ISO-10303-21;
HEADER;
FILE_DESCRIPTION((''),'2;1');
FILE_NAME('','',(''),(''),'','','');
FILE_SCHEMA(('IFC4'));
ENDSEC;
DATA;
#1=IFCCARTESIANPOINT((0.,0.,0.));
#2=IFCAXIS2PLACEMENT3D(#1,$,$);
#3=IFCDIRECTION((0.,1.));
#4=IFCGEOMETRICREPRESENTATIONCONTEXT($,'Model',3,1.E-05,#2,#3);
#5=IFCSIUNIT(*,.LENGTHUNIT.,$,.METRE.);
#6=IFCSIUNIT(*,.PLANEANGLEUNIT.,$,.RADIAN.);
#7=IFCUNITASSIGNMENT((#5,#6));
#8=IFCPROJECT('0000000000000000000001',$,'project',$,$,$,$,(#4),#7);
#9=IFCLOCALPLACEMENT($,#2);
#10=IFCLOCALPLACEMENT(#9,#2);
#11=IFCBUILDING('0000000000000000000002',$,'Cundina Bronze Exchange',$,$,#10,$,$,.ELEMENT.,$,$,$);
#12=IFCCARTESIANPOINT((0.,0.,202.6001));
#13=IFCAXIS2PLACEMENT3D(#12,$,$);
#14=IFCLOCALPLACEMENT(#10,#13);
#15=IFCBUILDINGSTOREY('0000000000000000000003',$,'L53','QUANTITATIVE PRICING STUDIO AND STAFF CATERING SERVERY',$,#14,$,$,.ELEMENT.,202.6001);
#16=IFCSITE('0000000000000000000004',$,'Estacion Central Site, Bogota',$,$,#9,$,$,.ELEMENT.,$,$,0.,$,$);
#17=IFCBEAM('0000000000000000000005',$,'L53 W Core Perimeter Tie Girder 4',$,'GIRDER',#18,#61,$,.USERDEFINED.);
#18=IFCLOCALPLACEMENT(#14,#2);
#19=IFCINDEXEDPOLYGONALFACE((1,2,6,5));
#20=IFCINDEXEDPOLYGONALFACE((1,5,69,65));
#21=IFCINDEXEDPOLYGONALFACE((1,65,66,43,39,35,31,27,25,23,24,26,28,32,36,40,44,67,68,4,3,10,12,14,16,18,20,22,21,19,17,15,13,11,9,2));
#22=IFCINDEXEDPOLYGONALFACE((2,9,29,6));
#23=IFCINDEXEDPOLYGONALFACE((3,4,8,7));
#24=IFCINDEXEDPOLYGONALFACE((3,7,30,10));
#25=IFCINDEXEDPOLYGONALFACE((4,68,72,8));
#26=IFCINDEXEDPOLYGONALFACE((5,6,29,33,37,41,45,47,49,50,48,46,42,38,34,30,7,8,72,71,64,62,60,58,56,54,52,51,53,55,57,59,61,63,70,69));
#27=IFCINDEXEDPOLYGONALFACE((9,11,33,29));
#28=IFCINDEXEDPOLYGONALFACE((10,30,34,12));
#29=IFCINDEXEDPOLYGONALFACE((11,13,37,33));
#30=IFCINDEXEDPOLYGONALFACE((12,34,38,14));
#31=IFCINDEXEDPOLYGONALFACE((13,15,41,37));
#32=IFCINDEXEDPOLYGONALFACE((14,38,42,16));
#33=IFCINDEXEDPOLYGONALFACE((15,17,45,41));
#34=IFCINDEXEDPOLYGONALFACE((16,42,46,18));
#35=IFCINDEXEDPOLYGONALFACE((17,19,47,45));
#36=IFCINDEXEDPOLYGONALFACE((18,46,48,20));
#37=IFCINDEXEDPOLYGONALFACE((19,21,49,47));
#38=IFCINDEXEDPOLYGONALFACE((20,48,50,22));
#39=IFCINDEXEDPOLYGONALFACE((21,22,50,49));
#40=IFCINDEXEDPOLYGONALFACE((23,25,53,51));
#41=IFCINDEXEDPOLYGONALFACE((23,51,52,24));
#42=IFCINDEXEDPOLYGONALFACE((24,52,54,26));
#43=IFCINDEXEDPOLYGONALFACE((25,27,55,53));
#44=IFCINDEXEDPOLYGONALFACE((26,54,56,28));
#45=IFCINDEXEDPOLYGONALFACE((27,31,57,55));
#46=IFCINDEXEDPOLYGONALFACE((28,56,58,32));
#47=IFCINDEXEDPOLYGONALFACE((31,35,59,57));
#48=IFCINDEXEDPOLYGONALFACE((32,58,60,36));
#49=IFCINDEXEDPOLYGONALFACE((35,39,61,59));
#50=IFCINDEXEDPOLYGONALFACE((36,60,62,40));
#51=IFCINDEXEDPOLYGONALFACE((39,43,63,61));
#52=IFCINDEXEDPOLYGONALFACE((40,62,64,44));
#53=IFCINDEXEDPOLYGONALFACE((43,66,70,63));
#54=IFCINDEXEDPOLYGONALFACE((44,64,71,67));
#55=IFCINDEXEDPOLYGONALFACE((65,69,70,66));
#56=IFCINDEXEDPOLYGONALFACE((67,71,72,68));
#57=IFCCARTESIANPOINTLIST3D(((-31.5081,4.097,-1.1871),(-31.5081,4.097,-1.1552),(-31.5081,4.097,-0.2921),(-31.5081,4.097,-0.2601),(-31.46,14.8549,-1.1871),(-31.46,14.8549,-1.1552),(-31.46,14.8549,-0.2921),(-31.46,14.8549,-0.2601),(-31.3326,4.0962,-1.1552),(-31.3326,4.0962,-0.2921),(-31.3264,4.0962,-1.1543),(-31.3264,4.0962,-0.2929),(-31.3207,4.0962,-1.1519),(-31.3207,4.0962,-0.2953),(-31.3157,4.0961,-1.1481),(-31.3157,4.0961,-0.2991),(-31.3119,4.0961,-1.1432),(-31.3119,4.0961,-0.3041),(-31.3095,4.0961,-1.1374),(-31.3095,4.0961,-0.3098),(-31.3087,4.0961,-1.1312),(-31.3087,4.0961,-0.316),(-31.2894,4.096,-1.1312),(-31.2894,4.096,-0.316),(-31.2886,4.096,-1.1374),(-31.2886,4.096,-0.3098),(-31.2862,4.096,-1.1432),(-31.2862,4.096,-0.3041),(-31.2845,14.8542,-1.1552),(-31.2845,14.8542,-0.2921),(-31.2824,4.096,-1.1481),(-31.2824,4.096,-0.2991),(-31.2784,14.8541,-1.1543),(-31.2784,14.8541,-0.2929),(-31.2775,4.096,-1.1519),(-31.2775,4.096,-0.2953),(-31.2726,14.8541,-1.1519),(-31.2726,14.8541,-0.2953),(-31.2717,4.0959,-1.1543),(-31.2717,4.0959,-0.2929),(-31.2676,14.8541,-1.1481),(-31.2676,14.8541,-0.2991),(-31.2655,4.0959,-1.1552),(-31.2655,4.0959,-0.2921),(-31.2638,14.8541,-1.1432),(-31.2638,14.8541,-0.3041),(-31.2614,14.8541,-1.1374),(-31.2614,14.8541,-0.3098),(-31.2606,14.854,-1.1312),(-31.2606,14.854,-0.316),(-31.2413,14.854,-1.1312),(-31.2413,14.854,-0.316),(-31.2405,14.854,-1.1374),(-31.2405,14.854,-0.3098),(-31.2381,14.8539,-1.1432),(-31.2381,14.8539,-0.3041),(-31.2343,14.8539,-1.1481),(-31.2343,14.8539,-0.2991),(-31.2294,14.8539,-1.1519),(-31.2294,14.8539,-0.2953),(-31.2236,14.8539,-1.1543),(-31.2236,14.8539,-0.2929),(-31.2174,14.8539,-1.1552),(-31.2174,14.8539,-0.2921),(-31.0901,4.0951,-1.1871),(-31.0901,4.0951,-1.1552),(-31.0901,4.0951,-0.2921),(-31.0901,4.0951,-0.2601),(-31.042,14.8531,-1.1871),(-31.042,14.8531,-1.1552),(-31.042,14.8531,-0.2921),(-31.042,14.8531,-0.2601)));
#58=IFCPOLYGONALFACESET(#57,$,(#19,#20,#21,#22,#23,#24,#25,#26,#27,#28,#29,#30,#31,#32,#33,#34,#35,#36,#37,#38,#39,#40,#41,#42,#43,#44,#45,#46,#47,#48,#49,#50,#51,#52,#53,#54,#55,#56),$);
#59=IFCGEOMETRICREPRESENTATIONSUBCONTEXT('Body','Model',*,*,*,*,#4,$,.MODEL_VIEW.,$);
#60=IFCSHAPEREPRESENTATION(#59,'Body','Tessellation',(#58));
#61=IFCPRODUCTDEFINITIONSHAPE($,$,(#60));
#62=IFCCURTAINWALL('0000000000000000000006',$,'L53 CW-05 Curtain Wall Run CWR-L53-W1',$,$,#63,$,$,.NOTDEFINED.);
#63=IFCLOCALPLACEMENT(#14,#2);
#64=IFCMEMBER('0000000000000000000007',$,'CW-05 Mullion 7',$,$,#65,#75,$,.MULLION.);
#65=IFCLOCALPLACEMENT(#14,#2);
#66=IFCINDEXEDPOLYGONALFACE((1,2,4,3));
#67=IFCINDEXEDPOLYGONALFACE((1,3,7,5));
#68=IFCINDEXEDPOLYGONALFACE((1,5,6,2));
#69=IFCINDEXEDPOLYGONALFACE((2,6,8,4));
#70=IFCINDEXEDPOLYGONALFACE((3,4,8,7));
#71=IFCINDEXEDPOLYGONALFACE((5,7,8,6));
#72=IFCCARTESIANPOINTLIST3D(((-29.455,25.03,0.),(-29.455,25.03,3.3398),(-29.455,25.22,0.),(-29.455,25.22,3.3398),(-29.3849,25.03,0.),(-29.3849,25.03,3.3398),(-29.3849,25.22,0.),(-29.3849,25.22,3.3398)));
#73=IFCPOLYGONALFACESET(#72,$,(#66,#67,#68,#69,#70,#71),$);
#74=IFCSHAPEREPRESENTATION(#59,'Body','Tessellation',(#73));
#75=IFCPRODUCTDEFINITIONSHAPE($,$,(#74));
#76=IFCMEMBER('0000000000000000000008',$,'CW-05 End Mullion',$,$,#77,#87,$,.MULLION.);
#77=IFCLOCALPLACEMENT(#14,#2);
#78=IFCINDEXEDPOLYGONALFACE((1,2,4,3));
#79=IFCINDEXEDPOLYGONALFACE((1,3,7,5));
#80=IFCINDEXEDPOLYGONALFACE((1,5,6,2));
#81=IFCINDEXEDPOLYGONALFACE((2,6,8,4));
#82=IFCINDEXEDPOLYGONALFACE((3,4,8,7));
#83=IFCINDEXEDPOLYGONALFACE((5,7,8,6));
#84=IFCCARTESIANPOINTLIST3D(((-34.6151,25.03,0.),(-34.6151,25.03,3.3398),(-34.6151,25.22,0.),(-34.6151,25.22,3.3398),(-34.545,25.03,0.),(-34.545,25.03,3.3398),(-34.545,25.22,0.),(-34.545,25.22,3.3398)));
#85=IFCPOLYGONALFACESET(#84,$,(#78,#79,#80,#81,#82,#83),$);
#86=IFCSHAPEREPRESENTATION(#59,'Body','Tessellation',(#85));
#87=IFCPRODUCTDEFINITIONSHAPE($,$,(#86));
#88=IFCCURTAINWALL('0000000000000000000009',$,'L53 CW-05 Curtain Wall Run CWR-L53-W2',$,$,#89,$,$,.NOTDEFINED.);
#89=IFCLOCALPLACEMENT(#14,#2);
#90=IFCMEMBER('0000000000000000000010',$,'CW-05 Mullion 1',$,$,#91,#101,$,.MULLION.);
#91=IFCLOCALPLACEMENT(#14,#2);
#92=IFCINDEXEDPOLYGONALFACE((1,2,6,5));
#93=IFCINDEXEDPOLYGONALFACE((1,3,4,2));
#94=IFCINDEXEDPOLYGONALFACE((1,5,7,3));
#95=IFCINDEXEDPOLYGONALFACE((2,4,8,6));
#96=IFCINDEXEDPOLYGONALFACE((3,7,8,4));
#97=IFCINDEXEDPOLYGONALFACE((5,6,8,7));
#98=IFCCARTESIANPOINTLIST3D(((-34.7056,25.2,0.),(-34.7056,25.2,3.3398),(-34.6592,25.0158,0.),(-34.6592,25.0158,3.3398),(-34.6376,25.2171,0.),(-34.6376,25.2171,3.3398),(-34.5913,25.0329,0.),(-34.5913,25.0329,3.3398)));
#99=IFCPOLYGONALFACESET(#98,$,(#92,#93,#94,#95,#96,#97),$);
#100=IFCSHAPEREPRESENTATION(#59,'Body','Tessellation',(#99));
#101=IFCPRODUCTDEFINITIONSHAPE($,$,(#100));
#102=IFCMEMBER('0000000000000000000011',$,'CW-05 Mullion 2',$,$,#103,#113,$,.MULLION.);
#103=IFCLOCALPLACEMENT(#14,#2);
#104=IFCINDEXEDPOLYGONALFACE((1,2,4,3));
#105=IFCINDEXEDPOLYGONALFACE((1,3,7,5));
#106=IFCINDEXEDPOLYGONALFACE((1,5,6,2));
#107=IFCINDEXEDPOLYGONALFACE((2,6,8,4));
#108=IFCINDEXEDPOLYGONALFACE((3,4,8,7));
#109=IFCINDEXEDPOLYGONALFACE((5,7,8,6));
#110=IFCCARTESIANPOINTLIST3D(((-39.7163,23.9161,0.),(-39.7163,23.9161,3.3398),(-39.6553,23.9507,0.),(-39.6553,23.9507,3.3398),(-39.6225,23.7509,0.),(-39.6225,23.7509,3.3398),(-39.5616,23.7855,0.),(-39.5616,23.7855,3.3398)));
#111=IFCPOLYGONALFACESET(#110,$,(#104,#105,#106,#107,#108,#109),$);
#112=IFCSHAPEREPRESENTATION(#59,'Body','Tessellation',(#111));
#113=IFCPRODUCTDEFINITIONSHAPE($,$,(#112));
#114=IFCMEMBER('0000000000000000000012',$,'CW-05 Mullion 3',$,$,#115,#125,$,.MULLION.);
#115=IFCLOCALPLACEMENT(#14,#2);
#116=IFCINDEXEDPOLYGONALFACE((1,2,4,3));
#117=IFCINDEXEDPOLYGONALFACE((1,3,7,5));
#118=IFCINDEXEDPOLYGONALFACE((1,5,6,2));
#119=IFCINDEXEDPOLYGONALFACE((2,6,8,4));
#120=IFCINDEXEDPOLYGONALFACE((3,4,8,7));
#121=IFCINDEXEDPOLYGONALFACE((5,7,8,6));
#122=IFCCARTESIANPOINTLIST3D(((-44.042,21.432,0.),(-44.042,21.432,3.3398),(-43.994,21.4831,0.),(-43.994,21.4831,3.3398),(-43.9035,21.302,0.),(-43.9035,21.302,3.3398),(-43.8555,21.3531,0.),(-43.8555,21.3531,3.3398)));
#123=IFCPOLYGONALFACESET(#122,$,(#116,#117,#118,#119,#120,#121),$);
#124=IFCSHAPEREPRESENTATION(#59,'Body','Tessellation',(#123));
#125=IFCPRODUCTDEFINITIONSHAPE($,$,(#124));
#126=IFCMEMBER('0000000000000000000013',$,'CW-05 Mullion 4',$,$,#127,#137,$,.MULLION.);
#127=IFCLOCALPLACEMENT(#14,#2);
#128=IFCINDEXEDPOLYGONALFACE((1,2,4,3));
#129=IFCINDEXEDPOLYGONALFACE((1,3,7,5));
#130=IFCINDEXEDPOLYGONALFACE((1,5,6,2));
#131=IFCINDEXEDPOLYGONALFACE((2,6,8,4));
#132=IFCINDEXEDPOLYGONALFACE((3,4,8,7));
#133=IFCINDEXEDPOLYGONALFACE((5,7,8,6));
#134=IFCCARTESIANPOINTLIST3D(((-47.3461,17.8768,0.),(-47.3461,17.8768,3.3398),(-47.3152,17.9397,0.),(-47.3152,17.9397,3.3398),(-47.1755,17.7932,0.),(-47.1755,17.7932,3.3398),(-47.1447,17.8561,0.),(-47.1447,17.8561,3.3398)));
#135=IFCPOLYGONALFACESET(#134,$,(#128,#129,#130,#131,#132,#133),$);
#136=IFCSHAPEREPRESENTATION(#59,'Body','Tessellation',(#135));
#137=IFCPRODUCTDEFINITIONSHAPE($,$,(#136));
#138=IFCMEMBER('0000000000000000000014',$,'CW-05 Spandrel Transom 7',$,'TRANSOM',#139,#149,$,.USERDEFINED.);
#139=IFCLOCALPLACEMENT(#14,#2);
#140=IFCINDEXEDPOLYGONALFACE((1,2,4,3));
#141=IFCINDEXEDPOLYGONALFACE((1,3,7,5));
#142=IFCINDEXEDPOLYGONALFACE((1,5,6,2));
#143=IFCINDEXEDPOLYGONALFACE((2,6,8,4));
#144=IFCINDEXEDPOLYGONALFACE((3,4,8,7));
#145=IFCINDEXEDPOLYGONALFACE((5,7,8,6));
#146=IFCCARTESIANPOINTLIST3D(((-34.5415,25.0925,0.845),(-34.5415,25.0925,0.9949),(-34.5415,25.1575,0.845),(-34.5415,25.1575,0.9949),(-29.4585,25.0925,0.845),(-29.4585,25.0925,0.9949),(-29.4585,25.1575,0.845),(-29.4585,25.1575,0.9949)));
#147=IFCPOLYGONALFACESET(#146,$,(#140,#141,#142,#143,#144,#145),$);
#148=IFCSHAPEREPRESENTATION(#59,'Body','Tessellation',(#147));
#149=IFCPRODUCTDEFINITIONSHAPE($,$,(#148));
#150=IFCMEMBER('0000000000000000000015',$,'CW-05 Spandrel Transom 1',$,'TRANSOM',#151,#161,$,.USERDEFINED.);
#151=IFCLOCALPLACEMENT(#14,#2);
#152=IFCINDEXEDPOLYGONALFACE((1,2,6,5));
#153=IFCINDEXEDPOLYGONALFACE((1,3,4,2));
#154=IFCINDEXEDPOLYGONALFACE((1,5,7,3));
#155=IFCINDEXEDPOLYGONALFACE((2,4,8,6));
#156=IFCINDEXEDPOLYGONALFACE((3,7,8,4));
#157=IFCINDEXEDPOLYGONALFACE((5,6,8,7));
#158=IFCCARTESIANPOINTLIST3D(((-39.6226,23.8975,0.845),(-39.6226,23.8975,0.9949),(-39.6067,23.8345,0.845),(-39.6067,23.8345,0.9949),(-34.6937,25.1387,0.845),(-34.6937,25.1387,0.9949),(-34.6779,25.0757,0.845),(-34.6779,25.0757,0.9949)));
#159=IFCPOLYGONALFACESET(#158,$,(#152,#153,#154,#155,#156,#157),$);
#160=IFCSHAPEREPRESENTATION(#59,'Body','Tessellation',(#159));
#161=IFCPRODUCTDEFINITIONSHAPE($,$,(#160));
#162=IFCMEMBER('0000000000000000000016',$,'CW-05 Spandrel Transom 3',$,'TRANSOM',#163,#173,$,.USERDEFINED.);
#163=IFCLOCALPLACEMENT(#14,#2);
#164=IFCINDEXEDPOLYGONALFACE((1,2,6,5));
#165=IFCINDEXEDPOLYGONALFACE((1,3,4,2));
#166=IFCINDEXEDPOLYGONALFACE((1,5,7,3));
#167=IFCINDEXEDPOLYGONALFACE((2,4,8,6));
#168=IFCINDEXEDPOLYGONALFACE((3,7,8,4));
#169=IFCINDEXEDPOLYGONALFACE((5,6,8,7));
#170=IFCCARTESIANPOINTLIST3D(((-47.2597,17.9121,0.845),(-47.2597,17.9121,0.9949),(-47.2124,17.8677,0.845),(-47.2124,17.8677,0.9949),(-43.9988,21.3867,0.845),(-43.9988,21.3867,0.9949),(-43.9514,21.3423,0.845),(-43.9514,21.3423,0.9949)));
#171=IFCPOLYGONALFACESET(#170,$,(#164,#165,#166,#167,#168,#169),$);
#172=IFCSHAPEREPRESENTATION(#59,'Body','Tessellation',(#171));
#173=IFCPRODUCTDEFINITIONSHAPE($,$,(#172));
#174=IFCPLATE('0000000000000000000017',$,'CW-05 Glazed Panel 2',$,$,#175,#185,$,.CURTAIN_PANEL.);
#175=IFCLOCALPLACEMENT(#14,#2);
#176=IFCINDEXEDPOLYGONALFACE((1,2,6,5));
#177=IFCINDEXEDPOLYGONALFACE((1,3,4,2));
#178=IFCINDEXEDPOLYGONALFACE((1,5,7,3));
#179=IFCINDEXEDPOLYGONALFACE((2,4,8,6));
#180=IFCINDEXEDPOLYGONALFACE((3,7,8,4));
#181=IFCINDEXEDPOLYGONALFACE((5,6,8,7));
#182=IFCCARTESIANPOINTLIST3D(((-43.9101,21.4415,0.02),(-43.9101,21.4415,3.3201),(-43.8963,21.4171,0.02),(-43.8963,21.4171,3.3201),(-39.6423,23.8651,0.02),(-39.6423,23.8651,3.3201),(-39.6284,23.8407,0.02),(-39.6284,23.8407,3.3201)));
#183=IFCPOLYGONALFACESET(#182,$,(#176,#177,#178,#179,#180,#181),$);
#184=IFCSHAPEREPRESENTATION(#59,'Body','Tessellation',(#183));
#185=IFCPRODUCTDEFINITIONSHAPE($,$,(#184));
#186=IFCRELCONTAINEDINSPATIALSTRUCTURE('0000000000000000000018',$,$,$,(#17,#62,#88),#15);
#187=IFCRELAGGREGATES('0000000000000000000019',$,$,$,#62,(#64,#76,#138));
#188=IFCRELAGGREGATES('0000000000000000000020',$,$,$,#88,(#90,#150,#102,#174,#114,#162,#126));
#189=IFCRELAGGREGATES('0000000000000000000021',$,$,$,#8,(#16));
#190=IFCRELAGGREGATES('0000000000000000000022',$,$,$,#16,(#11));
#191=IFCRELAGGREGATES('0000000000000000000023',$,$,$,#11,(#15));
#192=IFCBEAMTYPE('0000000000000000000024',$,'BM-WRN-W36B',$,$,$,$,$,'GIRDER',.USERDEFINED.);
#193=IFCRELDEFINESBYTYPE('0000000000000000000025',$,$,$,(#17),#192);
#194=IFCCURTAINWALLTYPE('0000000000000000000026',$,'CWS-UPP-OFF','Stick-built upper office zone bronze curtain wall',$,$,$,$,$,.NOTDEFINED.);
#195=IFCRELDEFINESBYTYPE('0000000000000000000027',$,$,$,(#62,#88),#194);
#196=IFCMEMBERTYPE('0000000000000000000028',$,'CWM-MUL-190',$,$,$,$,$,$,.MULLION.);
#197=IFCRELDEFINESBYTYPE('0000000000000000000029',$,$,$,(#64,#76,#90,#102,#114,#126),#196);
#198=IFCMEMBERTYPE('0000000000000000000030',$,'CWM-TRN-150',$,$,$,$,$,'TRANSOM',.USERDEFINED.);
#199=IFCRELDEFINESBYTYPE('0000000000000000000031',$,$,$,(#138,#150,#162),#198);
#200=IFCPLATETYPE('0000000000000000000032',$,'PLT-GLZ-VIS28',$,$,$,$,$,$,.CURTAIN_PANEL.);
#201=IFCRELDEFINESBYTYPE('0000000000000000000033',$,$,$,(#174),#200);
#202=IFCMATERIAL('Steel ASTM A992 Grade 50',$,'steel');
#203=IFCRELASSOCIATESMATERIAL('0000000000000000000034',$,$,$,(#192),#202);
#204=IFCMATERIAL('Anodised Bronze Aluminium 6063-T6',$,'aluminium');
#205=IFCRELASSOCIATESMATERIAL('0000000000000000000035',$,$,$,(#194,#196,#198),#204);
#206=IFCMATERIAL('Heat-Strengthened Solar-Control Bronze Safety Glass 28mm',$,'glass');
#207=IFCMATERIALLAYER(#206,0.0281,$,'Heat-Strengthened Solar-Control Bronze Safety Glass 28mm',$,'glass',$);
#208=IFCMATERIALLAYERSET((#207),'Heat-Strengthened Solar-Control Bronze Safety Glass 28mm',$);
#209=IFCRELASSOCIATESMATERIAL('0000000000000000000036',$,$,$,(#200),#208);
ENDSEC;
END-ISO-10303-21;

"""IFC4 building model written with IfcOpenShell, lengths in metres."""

from ifc_helpers import new_model, si_unit, direction, frame, origin, origin_2d, place, context, subcontext, project, spatial, rectangle, i_section, extrude, material, layer, layer_set, material_profile, profile_set, type_object, element, aggregate, save


model = new_model("IFC4")

# Units and contexts
model_context = context("Model", 3, precision=1e-05, world=origin(), true_north=direction((0.0, 1.0)))
body_context = subcontext(model_context, "Body", "Model", "MODEL_VIEW")
ifc_project = project(units=[si_unit("LENGTHUNIT", "METRE"), si_unit("PLANEANGLEUNIT", "RADIAN")], contexts=[model_context])

# Site, building, storey
site_placement = place(None, origin())
site = spatial("IfcSite", under=ifc_project, at=site_placement, Name="Estacion Central Site, Bogota", CompositionType="ELEMENT", RefElevation=0.0)
building_placement = place(site_placement, origin())
building = spatial("IfcBuilding", under=site, at=building_placement, Name="Cundina Bronze Exchange", CompositionType="ELEMENT")
storey_placement = place(building_placement, frame((0.0, 0.0, 202.6001)))
storey = spatial("IfcBuildingStorey", under=building, at=storey_placement, Name="L53", Description="QUANTITATIVE PRICING STUDIO AND STAFF CATERING SERVERY", CompositionType="ELEMENT", Elevation=202.6001)

# Shared definitions
ifc_material_1 = material(Name="Steel ASTM A992 Grade 50", Category="steel")

# Beam
ifc_material_profile_1 = material_profile(ifc_material_1, i_section(OverallWidth=0.418, OverallDepth=0.927, WebThickness=0.0193, FlangeThickness=0.032, FilletRadius=0.0239, at=origin_2d()), Name="W36X231", Category="steel")
ifc_profile_set_1 = profile_set([ifc_material_profile_1], Name="Steel ASTM A992 Grade 50")
beam_type_1 = type_object("IfcBeamType", Name="BM-WRN-W36B", ElementType="GIRDER", PredefinedType="USERDEFINED", material=ifc_profile_set_1)
beam_1_placement = place(storey_placement, frame((-31.251, 14.854, -0.7236), z_axis=(-0.004471, -0.99999, 0.0), x_axis=(0.99999, -0.004471, 0.0)))
element("IfcBeam", 1, at=beam_1_placement, inside=storey, type_object=beam_type_1, Name="L53 W Core Perimeter Tie Girder 4", ObjectType="GIRDER", PredefinedType="USERDEFINED", context=body_context, shape_type="SweptSolid", body=[
    extrude(i_section(OverallWidth=0.418, OverallDepth=0.927, WebThickness=0.0193, FlangeThickness=0.032, FilletRadius=0.0239, at=origin_2d()), origin(), (0.0, 0.0, 1.0), 10.7581),
])

# Curtain walls, members
ifc_material_2 = material(Name="Anodised Bronze Aluminium 6063-T6", Category="aluminium")
curtain_wall_type = type_object("IfcCurtainWallType", Name="CWS-UPP-OFF", Description="Stick-built upper office zone bronze curtain wall", PredefinedType="NOTDEFINED", material=ifc_material_2)
curtain_wall_1_placement = place(storey_placement, origin())
curtain_wall_1 = element("IfcCurtainWall", 2, at=curtain_wall_1_placement, inside=storey, type_object=curtain_wall_type, Name="L53 CW-05 Curtain Wall Run CWR-L53-W1", PredefinedType="NOTDEFINED")
ifc_material_profile_2 = material_profile(ifc_material_2, rectangle(XDim=0.0701, YDim=0.1899, at=origin_2d()), Name="AL70X190", Category="aluminium")
ifc_profile_set_2 = profile_set([ifc_material_profile_2], Name="Anodised Bronze Aluminium 6063-T6")
member_type_1 = type_object("IfcMemberType", Name="CWM-MUL-190", PredefinedType="MULLION", material=ifc_profile_set_2)
member_1_placement = place(storey_placement, frame((-29.4199, 25.125, 0.0), z_axis=(0.0, 0.0, 1.0), x_axis=(-1.0, 0.0, 0.0)))
member_1 = element("IfcMember", 3, at=member_1_placement, type_object=member_type_1, Name="CW-05 Mullion 7", PredefinedType="MULLION", context=body_context, shape_type="SweptSolid", body=[
    extrude(rectangle(XDim=0.0701, YDim=0.1899, at=origin_2d()), origin(), (0.0, 0.0, 1.0), 3.3398),
])
member_2_placement = place(storey_placement, frame((-34.5801, 25.125, 0.0), z_axis=(0.0, 0.0, 1.0), x_axis=(-1.0, 0.0, 0.0)))
member_2 = element("IfcMember", 4, at=member_2_placement, type_object=member_type_1, Name="CW-05 End Mullion", PredefinedType="MULLION", context=body_context, shape_type="SweptSolid", body=[
    extrude(rectangle(XDim=0.0701, YDim=0.1899, at=origin_2d()), origin(), (0.0, 0.0, 1.0), 3.3398),
])
curtain_wall_2_placement = place(storey_placement, origin())
curtain_wall_2 = element("IfcCurtainWall", 5, at=curtain_wall_2_placement, inside=storey, type_object=curtain_wall_type, Name="L53 CW-05 Curtain Wall Run CWR-L53-W2", PredefinedType="NOTDEFINED")
member_3_placement = place(storey_placement, frame((-34.6484, 25.1165, 0.0), z_axis=(0.0, 0.0, 1.0), x_axis=(-0.969744, -0.244123, 0.0)))
member_3 = element("IfcMember", 6, at=member_3_placement, type_object=member_type_1, Name="CW-05 Mullion 1", PredefinedType="MULLION", context=body_context, shape_type="SweptSolid", body=[
    extrude(rectangle(XDim=0.0701, YDim=0.1899, at=origin_2d()), origin(), (0.0, 0.0, 1.0), 3.3398),
])
member_4_placement = place(storey_placement, frame((-39.6389, 23.8508, 0.0), z_axis=(0.0, 0.0, 1.0), x_axis=(-0.869581, -0.49379, 0.0)))
member_4 = element("IfcMember", 7, at=member_4_placement, type_object=member_type_1, Name="CW-05 Mullion 2", PredefinedType="MULLION", context=body_context, shape_type="SweptSolid", body=[
    extrude(rectangle(XDim=0.0701, YDim=0.1899, at=origin_2d()), origin(), (0.0, 0.0, 1.0), 3.3398),
])
member_5_placement = place(storey_placement, frame((-43.9487, 21.3926, 0.0), z_axis=(0.0, 0.0, 1.0), x_axis=(-0.684293, -0.729208, 0.0)))
member_5 = element("IfcMember", 8, at=member_5_placement, type_object=member_type_1, Name="CW-05 Mullion 3", PredefinedType="MULLION", context=body_context, shape_type="SweptSolid", body=[
    extrude(rectangle(XDim=0.0701, YDim=0.1899, at=origin_2d()), origin(), (0.0, 0.0, 1.0), 3.3398),
])
member_6_placement = place(storey_placement, frame((-47.2454, 17.8665, 0.0), z_axis=(0.0, 0.0, 1.0), x_axis=(-0.440566, -0.89772, 0.0)))
member_6 = element("IfcMember", 9, at=member_6_placement, type_object=member_type_1, Name="CW-05 Mullion 4", PredefinedType="MULLION", context=body_context, shape_type="SweptSolid", body=[
    extrude(rectangle(XDim=0.0701, YDim=0.1899, at=origin_2d()), origin(), (0.0, 0.0, 1.0), 3.3398),
])

# Members
ifc_material_profile_3 = material_profile(ifc_material_2, rectangle(XDim=0.0649, YDim=0.1499, at=origin_2d()), Name="AL65X150", Category="aluminium")
ifc_profile_set_3 = profile_set([ifc_material_profile_3], Name="Anodised Bronze Aluminium 6063-T6")
member_type_2 = type_object("IfcMemberType", Name="CWM-TRN-150", ElementType="TRANSOM", PredefinedType="USERDEFINED", material=ifc_profile_set_3)
member_7_placement = place(storey_placement, frame((-29.4585, 25.125, 0.9199), z_axis=(-1.0, 0.0, 0.0), x_axis=(0.0, -1.0, 0.0)))
member_7 = element("IfcMember", 10, at=member_7_placement, type_object=member_type_2, Name="CW-05 Spandrel Transom 7", ObjectType="TRANSOM", PredefinedType="USERDEFINED", context=body_context, shape_type="SweptSolid", body=[
    extrude(rectangle(XDim=0.0649, YDim=0.1499, at=origin_2d()), origin(), (0.0, 0.0, 1.0), 5.083),
])
member_8_placement = place(storey_placement, frame((-34.6858, 25.1072, 0.9199), z_axis=(-0.969726, -0.244197, 0.0), x_axis=(0.244197, -0.969726, 0.0)))
member_8 = element("IfcMember", 11, at=member_8_placement, type_object=member_type_2, Name="CW-05 Spandrel Transom 1", ObjectType="TRANSOM", PredefinedType="USERDEFINED", context=body_context, shape_type="SweptSolid", body=[
    extrude(rectangle(XDim=0.0649, YDim=0.1499, at=origin_2d()), origin(), (0.0, 0.0, 1.0), 5.0828),
])
member_9_placement = place(storey_placement, frame((-43.9751, 21.3645, 0.9199), z_axis=(-0.684336, -0.729166, 0.0), x_axis=(0.729166, -0.684336, 0.0)))
member_9 = element("IfcMember", 12, at=member_9_placement, type_object=member_type_2, Name="CW-05 Spandrel Transom 3", ObjectType="TRANSOM", PredefinedType="USERDEFINED", context=body_context, shape_type="SweptSolid", body=[
    extrude(rectangle(XDim=0.0649, YDim=0.1499, at=origin_2d()), origin(), (0.0, 0.0, 1.0), 4.7651),
])

# Plate
ifc_material_3 = material(Name="Heat-Strengthened Solar-Control Bronze Safety Glass 28mm", Category="glass")
ifc_layer_1 = layer(ifc_material_3, 0.0281, Name="Heat-Strengthened Solar-Control Bronze Safety Glass 28mm", Category="glass")
ifc_layer_set_1 = layer_set([ifc_layer_1], Name="Heat-Strengthened Solar-Control Bronze Safety Glass 28mm")
plate_type_1 = type_object("IfcPlateType", Name="PLT-GLZ-VIS28", PredefinedType="CURTAIN_PANEL", material=ifc_layer_set_1)
plate_1_placement = place(storey_placement, frame((-41.7693, 22.6411, 0.02), z_axis=(0.0, 0.0, 1.0), x_axis=(-0.869573, -0.493805, 0.0)))
plate_1 = element("IfcPlate", 13, at=plate_1_placement, type_object=plate_type_1, Name="CW-05 Glazed Panel 2", PredefinedType="CURTAIN_PANEL", context=body_context, shape_type="SweptSolid", body=[
    extrude(rectangle(XDim=4.908, YDim=0.0281, at=origin_2d()), origin(), (0.0, 0.0, 1.0), 3.3),
])
aggregate(curtain_wall_1, [member_1, member_2, member_7])
aggregate(curtain_wall_2, [member_3, member_8, member_4, plate_1, member_5, member_9, member_6])

save(model, "model.ifc")
